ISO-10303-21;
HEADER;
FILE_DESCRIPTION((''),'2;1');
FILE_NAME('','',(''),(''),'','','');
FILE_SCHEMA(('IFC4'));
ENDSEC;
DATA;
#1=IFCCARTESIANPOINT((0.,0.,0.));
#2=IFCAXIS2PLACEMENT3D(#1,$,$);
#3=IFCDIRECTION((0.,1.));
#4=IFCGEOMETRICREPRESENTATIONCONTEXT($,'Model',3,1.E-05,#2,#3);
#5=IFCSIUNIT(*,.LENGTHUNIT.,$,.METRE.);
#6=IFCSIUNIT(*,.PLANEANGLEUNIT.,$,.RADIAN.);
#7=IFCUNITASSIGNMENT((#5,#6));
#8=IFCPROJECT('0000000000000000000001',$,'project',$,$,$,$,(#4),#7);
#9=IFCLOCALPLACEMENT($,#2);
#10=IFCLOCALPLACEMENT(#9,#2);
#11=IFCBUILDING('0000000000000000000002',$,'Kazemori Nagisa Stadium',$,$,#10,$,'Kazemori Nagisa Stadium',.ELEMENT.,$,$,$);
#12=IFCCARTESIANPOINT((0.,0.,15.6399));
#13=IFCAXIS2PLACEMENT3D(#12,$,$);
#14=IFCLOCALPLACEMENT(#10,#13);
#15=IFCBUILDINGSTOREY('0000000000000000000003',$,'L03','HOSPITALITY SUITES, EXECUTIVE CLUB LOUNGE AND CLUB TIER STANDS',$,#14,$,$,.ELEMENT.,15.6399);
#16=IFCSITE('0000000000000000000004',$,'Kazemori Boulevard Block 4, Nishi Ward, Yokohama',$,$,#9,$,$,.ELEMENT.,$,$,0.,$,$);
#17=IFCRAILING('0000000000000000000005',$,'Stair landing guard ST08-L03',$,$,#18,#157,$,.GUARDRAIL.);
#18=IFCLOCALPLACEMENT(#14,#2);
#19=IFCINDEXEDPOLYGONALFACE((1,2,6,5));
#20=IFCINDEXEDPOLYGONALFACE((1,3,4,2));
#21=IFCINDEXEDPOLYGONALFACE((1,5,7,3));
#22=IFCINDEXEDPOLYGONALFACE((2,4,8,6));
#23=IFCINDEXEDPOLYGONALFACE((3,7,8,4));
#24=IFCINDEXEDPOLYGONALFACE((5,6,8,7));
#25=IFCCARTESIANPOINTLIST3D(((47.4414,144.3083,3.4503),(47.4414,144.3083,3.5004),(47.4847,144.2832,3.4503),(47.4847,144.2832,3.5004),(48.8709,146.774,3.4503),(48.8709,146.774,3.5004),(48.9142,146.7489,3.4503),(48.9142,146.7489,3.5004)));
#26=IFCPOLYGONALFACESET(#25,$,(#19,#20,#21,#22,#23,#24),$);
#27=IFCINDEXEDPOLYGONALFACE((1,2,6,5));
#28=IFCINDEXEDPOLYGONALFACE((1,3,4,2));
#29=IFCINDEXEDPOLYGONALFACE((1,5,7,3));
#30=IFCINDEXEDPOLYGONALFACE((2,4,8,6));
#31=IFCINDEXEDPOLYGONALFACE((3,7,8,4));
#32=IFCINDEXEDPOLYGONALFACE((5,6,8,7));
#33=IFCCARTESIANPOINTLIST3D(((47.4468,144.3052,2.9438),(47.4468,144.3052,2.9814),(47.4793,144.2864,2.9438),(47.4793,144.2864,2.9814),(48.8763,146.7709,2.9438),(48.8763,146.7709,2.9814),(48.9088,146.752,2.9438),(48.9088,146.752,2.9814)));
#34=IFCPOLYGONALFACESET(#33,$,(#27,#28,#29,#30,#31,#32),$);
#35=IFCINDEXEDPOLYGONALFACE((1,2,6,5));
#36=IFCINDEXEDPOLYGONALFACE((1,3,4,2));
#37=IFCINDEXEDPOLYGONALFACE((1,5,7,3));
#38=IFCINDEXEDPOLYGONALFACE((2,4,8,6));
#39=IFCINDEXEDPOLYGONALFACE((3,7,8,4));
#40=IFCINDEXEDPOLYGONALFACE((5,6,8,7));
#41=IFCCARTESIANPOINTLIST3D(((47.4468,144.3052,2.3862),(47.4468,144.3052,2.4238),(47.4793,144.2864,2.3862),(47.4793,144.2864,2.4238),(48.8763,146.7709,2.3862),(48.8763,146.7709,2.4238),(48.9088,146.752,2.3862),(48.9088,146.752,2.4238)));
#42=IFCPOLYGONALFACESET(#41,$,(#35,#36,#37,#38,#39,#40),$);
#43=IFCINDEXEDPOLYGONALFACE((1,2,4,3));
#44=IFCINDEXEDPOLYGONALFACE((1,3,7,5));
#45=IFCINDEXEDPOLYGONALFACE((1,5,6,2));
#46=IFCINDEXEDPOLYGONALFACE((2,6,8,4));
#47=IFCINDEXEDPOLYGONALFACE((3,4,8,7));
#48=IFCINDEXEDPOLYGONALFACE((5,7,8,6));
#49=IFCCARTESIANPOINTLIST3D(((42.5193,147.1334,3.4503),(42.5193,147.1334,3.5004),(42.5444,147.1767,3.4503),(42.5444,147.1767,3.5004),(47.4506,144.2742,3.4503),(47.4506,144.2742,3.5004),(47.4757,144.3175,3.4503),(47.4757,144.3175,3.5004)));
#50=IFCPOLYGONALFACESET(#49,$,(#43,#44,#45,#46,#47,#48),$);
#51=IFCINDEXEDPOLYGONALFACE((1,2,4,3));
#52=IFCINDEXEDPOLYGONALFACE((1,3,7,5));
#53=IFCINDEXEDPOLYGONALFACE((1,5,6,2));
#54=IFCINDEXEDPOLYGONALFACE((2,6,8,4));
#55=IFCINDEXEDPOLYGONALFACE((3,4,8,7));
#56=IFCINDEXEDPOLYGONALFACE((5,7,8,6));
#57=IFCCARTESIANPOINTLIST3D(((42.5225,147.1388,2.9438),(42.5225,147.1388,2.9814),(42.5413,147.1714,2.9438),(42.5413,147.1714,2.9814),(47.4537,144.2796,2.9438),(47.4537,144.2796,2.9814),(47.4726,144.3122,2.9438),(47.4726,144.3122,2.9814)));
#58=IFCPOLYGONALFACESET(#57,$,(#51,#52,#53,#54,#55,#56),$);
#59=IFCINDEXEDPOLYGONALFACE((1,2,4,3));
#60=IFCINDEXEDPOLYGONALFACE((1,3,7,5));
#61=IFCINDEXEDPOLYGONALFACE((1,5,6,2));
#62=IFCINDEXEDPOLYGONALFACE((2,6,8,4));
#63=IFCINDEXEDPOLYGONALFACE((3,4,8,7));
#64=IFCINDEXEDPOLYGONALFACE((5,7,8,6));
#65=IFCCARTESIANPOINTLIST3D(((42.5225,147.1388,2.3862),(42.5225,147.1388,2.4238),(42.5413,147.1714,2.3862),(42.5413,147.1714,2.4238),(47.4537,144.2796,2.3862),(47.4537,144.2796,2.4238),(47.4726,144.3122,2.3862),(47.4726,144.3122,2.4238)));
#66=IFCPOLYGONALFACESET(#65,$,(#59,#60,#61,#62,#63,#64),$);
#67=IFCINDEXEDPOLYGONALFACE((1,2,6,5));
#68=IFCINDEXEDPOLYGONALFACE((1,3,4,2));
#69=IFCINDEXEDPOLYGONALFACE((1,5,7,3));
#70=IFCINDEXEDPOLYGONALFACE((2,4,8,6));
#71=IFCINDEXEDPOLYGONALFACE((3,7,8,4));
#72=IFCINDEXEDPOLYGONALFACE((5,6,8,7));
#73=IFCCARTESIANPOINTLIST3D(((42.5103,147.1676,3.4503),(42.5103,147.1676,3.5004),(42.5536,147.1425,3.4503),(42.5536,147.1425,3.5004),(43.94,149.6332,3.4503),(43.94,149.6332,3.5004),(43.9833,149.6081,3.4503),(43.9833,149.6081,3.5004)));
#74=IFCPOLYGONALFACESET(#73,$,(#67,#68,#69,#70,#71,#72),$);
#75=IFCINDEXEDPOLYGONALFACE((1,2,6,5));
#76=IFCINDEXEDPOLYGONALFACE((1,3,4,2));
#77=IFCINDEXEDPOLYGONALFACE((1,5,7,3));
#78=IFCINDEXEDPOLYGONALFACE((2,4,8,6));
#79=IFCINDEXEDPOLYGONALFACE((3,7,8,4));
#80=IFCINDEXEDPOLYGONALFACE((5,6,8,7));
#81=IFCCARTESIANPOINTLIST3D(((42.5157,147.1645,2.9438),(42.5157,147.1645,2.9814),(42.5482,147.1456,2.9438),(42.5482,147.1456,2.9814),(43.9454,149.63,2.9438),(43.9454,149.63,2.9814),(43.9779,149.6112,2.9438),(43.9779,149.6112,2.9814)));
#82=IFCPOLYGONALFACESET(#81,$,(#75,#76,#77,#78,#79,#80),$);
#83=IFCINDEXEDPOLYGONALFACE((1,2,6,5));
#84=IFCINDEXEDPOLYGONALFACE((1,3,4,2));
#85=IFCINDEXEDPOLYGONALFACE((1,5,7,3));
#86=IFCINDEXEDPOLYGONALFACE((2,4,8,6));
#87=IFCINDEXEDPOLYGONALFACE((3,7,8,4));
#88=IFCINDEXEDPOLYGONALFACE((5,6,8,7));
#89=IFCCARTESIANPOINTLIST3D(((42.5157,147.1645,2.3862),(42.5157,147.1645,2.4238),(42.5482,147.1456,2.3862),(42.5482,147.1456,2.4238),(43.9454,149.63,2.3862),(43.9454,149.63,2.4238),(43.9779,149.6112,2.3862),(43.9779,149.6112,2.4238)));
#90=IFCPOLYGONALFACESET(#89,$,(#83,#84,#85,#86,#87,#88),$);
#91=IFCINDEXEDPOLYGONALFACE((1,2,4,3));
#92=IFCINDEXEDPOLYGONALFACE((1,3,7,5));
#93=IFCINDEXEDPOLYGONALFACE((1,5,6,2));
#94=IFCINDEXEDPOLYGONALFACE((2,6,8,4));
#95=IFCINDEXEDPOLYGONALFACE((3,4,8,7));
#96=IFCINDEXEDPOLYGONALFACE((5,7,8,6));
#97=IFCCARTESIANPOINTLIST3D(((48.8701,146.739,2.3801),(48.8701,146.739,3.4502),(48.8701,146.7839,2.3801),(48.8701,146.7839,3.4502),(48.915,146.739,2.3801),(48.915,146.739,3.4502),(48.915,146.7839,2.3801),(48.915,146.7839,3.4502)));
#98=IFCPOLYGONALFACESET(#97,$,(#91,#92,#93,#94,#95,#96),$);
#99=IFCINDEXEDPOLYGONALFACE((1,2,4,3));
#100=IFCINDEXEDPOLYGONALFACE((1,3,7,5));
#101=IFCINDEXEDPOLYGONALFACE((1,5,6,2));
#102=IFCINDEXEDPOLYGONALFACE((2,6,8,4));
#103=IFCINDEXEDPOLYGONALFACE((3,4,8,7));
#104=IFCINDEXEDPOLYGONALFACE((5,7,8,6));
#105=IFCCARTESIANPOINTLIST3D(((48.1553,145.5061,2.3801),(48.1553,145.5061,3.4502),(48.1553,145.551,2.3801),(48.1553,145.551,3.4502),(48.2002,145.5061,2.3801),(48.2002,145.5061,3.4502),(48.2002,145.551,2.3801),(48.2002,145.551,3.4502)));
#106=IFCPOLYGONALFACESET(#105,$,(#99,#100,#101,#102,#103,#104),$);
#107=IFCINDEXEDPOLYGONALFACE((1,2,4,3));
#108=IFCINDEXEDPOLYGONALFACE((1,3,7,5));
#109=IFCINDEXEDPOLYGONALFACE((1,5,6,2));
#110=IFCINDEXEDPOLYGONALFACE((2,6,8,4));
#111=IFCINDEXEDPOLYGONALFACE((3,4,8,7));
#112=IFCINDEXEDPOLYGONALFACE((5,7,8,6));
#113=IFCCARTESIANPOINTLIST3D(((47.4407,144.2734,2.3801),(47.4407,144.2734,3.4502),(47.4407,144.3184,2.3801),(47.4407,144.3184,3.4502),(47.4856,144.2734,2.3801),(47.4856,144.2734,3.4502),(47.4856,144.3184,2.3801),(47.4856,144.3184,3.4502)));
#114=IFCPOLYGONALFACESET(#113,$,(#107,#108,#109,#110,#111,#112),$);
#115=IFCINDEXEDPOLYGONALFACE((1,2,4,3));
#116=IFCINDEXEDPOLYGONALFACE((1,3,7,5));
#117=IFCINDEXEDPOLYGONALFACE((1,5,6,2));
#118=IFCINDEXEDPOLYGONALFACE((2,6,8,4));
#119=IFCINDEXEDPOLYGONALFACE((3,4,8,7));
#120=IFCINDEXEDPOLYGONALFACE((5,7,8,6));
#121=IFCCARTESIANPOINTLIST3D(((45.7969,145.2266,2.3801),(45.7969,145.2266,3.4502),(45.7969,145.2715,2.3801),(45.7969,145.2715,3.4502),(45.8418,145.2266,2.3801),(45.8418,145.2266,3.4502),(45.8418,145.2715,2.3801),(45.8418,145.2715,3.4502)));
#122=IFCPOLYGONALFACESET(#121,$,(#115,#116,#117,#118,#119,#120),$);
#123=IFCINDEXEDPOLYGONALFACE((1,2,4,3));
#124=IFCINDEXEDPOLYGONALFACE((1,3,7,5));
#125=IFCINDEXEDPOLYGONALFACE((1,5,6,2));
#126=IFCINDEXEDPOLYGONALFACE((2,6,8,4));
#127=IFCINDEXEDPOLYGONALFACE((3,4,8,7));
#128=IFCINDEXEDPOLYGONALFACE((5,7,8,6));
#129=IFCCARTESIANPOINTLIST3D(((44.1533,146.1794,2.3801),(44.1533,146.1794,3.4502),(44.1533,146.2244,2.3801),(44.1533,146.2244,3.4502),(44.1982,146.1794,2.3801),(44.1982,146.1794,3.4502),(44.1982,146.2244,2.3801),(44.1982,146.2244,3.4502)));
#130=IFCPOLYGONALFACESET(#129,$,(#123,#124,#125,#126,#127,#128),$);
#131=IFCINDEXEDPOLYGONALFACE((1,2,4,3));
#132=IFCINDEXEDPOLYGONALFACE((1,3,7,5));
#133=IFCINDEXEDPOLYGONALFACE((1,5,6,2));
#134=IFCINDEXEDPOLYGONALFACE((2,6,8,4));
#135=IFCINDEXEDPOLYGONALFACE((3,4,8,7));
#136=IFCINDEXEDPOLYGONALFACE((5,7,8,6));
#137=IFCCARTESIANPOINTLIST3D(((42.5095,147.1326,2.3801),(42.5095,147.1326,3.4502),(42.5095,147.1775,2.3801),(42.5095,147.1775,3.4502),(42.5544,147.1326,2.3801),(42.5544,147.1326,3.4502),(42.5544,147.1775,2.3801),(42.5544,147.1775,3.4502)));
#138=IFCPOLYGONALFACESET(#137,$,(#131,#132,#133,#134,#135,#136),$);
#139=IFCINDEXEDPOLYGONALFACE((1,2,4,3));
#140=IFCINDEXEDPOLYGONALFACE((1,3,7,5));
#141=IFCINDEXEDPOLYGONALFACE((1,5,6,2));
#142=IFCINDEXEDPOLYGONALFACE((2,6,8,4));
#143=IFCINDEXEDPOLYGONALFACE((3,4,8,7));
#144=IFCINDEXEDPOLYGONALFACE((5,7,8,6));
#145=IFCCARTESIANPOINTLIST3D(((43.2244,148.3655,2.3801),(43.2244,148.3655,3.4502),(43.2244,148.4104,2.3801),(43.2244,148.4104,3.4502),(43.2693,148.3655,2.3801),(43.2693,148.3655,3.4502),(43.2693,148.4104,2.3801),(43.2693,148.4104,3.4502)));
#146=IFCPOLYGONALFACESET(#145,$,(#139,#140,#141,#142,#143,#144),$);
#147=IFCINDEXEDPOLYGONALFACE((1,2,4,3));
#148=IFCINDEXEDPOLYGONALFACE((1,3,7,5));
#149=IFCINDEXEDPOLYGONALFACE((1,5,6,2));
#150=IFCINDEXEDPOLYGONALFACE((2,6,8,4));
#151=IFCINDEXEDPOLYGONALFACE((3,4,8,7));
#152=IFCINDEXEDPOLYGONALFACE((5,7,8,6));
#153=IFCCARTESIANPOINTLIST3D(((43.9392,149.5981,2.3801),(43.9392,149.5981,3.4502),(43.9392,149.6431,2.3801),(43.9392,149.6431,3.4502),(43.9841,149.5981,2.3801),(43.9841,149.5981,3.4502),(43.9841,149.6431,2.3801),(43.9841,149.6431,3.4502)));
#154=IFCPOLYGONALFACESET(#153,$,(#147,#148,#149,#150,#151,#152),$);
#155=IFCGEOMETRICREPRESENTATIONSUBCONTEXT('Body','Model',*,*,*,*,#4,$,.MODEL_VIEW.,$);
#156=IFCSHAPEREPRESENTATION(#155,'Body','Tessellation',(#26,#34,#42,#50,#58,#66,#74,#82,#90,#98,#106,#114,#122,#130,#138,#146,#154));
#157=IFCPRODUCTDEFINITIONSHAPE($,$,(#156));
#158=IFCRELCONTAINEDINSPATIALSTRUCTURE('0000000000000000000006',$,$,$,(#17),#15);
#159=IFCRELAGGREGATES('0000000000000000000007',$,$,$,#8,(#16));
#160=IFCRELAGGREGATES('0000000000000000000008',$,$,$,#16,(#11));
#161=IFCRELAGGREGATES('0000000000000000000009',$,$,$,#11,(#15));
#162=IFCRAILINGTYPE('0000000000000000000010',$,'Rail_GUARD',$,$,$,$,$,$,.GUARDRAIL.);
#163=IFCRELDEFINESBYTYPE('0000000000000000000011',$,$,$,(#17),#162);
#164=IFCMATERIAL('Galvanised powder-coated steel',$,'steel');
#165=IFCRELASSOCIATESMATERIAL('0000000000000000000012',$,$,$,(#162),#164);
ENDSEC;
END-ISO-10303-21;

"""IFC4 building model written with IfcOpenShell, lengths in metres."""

from ifc_helpers import new_model, si_unit, direction, frame, origin, origin_2d, place, context, subcontext, project, spatial, rectangle, extrude, material, type_object, element, save


model = new_model("IFC4")

# Units and contexts
model_context = context("Model", 3, precision=1e-05, world=origin(), true_north=direction((0.0, 1.0)))
body_context = subcontext(model_context, "Body", "Model", "MODEL_VIEW")
ifc_project = project(units=[si_unit("LENGTHUNIT", "METRE"), si_unit("PLANEANGLEUNIT", "RADIAN")], contexts=[model_context])

# Site, building, storey
site_placement = place(None, origin())
site = spatial("IfcSite", under=ifc_project, at=site_placement, Name="Kazemori Boulevard Block 4, Nishi Ward, Yokohama", CompositionType="ELEMENT", RefElevation=0.0)
building_placement = place(site_placement, origin())
building = spatial("IfcBuilding", under=site, at=building_placement, Name="Kazemori Nagisa Stadium", LongName="Kazemori Nagisa Stadium", CompositionType="ELEMENT")
storey_placement = place(building_placement, frame((0.0, 0.0, 15.6399)))
storey = spatial("IfcBuildingStorey", under=building, at=storey_placement, Name="L03", Description="HOSPITALITY SUITES, EXECUTIVE CLUB LOUNGE AND CLUB TIER STANDS", CompositionType="ELEMENT", Elevation=15.6399)

# Railing
ifc_material_1 = material(Name="Galvanised powder-coated steel", Category="steel")
railing_type = type_object("IfcRailingType", Name="Rail_GUARD", PredefinedType="GUARDRAIL", material=ifc_material_1)
railing_placement = place(storey_placement, frame((48.8926, 146.7615, 2.3801)))
element("IfcRailing", 1, at=railing_placement, inside=storey, type_object=railing_type, Name="Stair landing guard ST08-L03", PredefinedType="GUARDRAIL", context=body_context, shape_type="SweptSolid", body=[
    extrude(rectangle(XDim=0.05, YDim=0.05, at=origin_2d()), frame((0.0, 0.0, 1.0952), z_axis=(-0.501563, -0.865121, 0.0), x_axis=(0.865121, -0.501563, 0.0)), (0.0, 0.0, 1.0), 2.8501),
    extrude(rectangle(XDim=0.0376, YDim=0.0376, at=origin_2d()), frame((0.0, 0.0, 0.5825), z_axis=(-0.501563, -0.865121, 0.0), x_axis=(0.865121, -0.501563, 0.0)), (0.0, 0.0, 1.0), 2.8501),
    extrude(rectangle(XDim=0.0376, YDim=0.0376, at=origin_2d()), frame((0.0, 0.0, 0.0249), z_axis=(-0.501563, -0.865121, 0.0), x_axis=(0.865121, -0.501563, 0.0)), (0.0, 0.0, 1.0), 2.8501),
    extrude(rectangle(XDim=0.05, YDim=0.05, at=origin_2d()), frame((-1.4294, -2.4656, 1.0952), z_axis=(-0.865103, 0.501595, 0.0), x_axis=(-0.501595, -0.865103, 0.0)), (0.0, 0.0, 1.0), 5.7002),
    extrude(rectangle(XDim=0.0376, YDim=0.0376, at=origin_2d()), frame((-1.4294, -2.4656, 0.5825), z_axis=(-0.865103, 0.501595, 0.0), x_axis=(-0.501595, -0.865103, 0.0)), (0.0, 0.0, 1.0), 5.7002),
    extrude(rectangle(XDim=0.0376, YDim=0.0376, at=origin_2d()), frame((-1.4294, -2.4656, 0.0249), z_axis=(-0.865103, 0.501595, 0.0), x_axis=(-0.501595, -0.865103, 0.0)), (0.0, 0.0, 1.0), 5.7002),
    extrude(rectangle(XDim=0.05, YDim=0.05, at=origin_2d()), frame((-6.3606, 0.3936, 1.0952), z_axis=(0.501627, 0.865084, 0.0), x_axis=(-0.865084, 0.501627, 0.0)), (0.0, 0.0, 1.0), 2.8501),
    extrude(rectangle(XDim=0.0376, YDim=0.0376, at=origin_2d()), frame((-6.3606, 0.3936, 0.5825), z_axis=(0.501627, 0.865084, 0.0), x_axis=(-0.865084, 0.501627, 0.0)), (0.0, 0.0, 1.0), 2.8501),
    extrude(rectangle(XDim=0.0376, YDim=0.0376, at=origin_2d()), frame((-6.3606, 0.3936, 0.0249), z_axis=(0.501627, 0.865084, 0.0), x_axis=(-0.865084, 0.501627, 0.0)), (0.0, 0.0, 1.0), 2.8501),
    extrude(rectangle(XDim=0.0449, YDim=0.0449, at=origin_2d()), origin(), (0.0, 0.0, 1.0), 1.0701),
    extrude(rectangle(XDim=0.0449, YDim=0.0449, at=origin_2d()), frame((-0.7148, -1.2329, 0.0)), (0.0, 0.0, 1.0), 1.0701),
    extrude(rectangle(XDim=0.0449, YDim=0.0449, at=origin_2d()), frame((-1.4294, -2.4656, 0.0)), (0.0, 0.0, 1.0), 1.0701),
    extrude(rectangle(XDim=0.0449, YDim=0.0449, at=origin_2d()), frame((-3.0732, -1.5125, 0.0)), (0.0, 0.0, 1.0), 1.0701),
    extrude(rectangle(XDim=0.0449, YDim=0.0449, at=origin_2d()), frame((-4.7168, -0.5596, 0.0)), (0.0, 0.0, 1.0), 1.0701),
    extrude(rectangle(XDim=0.0449, YDim=0.0449, at=origin_2d()), frame((-6.3606, 0.3936, 0.0)), (0.0, 0.0, 1.0), 1.0701),
    extrude(rectangle(XDim=0.0449, YDim=0.0449, at=origin_2d()), frame((-5.6458, 1.6265, 0.0)), (0.0, 0.0, 1.0), 1.0701),
    extrude(rectangle(XDim=0.0449, YDim=0.0449, at=origin_2d()), frame((-4.9309, 2.8591, 0.0)), (0.0, 0.0, 1.0), 1.0701),
])

save(model, "model.ifc")
